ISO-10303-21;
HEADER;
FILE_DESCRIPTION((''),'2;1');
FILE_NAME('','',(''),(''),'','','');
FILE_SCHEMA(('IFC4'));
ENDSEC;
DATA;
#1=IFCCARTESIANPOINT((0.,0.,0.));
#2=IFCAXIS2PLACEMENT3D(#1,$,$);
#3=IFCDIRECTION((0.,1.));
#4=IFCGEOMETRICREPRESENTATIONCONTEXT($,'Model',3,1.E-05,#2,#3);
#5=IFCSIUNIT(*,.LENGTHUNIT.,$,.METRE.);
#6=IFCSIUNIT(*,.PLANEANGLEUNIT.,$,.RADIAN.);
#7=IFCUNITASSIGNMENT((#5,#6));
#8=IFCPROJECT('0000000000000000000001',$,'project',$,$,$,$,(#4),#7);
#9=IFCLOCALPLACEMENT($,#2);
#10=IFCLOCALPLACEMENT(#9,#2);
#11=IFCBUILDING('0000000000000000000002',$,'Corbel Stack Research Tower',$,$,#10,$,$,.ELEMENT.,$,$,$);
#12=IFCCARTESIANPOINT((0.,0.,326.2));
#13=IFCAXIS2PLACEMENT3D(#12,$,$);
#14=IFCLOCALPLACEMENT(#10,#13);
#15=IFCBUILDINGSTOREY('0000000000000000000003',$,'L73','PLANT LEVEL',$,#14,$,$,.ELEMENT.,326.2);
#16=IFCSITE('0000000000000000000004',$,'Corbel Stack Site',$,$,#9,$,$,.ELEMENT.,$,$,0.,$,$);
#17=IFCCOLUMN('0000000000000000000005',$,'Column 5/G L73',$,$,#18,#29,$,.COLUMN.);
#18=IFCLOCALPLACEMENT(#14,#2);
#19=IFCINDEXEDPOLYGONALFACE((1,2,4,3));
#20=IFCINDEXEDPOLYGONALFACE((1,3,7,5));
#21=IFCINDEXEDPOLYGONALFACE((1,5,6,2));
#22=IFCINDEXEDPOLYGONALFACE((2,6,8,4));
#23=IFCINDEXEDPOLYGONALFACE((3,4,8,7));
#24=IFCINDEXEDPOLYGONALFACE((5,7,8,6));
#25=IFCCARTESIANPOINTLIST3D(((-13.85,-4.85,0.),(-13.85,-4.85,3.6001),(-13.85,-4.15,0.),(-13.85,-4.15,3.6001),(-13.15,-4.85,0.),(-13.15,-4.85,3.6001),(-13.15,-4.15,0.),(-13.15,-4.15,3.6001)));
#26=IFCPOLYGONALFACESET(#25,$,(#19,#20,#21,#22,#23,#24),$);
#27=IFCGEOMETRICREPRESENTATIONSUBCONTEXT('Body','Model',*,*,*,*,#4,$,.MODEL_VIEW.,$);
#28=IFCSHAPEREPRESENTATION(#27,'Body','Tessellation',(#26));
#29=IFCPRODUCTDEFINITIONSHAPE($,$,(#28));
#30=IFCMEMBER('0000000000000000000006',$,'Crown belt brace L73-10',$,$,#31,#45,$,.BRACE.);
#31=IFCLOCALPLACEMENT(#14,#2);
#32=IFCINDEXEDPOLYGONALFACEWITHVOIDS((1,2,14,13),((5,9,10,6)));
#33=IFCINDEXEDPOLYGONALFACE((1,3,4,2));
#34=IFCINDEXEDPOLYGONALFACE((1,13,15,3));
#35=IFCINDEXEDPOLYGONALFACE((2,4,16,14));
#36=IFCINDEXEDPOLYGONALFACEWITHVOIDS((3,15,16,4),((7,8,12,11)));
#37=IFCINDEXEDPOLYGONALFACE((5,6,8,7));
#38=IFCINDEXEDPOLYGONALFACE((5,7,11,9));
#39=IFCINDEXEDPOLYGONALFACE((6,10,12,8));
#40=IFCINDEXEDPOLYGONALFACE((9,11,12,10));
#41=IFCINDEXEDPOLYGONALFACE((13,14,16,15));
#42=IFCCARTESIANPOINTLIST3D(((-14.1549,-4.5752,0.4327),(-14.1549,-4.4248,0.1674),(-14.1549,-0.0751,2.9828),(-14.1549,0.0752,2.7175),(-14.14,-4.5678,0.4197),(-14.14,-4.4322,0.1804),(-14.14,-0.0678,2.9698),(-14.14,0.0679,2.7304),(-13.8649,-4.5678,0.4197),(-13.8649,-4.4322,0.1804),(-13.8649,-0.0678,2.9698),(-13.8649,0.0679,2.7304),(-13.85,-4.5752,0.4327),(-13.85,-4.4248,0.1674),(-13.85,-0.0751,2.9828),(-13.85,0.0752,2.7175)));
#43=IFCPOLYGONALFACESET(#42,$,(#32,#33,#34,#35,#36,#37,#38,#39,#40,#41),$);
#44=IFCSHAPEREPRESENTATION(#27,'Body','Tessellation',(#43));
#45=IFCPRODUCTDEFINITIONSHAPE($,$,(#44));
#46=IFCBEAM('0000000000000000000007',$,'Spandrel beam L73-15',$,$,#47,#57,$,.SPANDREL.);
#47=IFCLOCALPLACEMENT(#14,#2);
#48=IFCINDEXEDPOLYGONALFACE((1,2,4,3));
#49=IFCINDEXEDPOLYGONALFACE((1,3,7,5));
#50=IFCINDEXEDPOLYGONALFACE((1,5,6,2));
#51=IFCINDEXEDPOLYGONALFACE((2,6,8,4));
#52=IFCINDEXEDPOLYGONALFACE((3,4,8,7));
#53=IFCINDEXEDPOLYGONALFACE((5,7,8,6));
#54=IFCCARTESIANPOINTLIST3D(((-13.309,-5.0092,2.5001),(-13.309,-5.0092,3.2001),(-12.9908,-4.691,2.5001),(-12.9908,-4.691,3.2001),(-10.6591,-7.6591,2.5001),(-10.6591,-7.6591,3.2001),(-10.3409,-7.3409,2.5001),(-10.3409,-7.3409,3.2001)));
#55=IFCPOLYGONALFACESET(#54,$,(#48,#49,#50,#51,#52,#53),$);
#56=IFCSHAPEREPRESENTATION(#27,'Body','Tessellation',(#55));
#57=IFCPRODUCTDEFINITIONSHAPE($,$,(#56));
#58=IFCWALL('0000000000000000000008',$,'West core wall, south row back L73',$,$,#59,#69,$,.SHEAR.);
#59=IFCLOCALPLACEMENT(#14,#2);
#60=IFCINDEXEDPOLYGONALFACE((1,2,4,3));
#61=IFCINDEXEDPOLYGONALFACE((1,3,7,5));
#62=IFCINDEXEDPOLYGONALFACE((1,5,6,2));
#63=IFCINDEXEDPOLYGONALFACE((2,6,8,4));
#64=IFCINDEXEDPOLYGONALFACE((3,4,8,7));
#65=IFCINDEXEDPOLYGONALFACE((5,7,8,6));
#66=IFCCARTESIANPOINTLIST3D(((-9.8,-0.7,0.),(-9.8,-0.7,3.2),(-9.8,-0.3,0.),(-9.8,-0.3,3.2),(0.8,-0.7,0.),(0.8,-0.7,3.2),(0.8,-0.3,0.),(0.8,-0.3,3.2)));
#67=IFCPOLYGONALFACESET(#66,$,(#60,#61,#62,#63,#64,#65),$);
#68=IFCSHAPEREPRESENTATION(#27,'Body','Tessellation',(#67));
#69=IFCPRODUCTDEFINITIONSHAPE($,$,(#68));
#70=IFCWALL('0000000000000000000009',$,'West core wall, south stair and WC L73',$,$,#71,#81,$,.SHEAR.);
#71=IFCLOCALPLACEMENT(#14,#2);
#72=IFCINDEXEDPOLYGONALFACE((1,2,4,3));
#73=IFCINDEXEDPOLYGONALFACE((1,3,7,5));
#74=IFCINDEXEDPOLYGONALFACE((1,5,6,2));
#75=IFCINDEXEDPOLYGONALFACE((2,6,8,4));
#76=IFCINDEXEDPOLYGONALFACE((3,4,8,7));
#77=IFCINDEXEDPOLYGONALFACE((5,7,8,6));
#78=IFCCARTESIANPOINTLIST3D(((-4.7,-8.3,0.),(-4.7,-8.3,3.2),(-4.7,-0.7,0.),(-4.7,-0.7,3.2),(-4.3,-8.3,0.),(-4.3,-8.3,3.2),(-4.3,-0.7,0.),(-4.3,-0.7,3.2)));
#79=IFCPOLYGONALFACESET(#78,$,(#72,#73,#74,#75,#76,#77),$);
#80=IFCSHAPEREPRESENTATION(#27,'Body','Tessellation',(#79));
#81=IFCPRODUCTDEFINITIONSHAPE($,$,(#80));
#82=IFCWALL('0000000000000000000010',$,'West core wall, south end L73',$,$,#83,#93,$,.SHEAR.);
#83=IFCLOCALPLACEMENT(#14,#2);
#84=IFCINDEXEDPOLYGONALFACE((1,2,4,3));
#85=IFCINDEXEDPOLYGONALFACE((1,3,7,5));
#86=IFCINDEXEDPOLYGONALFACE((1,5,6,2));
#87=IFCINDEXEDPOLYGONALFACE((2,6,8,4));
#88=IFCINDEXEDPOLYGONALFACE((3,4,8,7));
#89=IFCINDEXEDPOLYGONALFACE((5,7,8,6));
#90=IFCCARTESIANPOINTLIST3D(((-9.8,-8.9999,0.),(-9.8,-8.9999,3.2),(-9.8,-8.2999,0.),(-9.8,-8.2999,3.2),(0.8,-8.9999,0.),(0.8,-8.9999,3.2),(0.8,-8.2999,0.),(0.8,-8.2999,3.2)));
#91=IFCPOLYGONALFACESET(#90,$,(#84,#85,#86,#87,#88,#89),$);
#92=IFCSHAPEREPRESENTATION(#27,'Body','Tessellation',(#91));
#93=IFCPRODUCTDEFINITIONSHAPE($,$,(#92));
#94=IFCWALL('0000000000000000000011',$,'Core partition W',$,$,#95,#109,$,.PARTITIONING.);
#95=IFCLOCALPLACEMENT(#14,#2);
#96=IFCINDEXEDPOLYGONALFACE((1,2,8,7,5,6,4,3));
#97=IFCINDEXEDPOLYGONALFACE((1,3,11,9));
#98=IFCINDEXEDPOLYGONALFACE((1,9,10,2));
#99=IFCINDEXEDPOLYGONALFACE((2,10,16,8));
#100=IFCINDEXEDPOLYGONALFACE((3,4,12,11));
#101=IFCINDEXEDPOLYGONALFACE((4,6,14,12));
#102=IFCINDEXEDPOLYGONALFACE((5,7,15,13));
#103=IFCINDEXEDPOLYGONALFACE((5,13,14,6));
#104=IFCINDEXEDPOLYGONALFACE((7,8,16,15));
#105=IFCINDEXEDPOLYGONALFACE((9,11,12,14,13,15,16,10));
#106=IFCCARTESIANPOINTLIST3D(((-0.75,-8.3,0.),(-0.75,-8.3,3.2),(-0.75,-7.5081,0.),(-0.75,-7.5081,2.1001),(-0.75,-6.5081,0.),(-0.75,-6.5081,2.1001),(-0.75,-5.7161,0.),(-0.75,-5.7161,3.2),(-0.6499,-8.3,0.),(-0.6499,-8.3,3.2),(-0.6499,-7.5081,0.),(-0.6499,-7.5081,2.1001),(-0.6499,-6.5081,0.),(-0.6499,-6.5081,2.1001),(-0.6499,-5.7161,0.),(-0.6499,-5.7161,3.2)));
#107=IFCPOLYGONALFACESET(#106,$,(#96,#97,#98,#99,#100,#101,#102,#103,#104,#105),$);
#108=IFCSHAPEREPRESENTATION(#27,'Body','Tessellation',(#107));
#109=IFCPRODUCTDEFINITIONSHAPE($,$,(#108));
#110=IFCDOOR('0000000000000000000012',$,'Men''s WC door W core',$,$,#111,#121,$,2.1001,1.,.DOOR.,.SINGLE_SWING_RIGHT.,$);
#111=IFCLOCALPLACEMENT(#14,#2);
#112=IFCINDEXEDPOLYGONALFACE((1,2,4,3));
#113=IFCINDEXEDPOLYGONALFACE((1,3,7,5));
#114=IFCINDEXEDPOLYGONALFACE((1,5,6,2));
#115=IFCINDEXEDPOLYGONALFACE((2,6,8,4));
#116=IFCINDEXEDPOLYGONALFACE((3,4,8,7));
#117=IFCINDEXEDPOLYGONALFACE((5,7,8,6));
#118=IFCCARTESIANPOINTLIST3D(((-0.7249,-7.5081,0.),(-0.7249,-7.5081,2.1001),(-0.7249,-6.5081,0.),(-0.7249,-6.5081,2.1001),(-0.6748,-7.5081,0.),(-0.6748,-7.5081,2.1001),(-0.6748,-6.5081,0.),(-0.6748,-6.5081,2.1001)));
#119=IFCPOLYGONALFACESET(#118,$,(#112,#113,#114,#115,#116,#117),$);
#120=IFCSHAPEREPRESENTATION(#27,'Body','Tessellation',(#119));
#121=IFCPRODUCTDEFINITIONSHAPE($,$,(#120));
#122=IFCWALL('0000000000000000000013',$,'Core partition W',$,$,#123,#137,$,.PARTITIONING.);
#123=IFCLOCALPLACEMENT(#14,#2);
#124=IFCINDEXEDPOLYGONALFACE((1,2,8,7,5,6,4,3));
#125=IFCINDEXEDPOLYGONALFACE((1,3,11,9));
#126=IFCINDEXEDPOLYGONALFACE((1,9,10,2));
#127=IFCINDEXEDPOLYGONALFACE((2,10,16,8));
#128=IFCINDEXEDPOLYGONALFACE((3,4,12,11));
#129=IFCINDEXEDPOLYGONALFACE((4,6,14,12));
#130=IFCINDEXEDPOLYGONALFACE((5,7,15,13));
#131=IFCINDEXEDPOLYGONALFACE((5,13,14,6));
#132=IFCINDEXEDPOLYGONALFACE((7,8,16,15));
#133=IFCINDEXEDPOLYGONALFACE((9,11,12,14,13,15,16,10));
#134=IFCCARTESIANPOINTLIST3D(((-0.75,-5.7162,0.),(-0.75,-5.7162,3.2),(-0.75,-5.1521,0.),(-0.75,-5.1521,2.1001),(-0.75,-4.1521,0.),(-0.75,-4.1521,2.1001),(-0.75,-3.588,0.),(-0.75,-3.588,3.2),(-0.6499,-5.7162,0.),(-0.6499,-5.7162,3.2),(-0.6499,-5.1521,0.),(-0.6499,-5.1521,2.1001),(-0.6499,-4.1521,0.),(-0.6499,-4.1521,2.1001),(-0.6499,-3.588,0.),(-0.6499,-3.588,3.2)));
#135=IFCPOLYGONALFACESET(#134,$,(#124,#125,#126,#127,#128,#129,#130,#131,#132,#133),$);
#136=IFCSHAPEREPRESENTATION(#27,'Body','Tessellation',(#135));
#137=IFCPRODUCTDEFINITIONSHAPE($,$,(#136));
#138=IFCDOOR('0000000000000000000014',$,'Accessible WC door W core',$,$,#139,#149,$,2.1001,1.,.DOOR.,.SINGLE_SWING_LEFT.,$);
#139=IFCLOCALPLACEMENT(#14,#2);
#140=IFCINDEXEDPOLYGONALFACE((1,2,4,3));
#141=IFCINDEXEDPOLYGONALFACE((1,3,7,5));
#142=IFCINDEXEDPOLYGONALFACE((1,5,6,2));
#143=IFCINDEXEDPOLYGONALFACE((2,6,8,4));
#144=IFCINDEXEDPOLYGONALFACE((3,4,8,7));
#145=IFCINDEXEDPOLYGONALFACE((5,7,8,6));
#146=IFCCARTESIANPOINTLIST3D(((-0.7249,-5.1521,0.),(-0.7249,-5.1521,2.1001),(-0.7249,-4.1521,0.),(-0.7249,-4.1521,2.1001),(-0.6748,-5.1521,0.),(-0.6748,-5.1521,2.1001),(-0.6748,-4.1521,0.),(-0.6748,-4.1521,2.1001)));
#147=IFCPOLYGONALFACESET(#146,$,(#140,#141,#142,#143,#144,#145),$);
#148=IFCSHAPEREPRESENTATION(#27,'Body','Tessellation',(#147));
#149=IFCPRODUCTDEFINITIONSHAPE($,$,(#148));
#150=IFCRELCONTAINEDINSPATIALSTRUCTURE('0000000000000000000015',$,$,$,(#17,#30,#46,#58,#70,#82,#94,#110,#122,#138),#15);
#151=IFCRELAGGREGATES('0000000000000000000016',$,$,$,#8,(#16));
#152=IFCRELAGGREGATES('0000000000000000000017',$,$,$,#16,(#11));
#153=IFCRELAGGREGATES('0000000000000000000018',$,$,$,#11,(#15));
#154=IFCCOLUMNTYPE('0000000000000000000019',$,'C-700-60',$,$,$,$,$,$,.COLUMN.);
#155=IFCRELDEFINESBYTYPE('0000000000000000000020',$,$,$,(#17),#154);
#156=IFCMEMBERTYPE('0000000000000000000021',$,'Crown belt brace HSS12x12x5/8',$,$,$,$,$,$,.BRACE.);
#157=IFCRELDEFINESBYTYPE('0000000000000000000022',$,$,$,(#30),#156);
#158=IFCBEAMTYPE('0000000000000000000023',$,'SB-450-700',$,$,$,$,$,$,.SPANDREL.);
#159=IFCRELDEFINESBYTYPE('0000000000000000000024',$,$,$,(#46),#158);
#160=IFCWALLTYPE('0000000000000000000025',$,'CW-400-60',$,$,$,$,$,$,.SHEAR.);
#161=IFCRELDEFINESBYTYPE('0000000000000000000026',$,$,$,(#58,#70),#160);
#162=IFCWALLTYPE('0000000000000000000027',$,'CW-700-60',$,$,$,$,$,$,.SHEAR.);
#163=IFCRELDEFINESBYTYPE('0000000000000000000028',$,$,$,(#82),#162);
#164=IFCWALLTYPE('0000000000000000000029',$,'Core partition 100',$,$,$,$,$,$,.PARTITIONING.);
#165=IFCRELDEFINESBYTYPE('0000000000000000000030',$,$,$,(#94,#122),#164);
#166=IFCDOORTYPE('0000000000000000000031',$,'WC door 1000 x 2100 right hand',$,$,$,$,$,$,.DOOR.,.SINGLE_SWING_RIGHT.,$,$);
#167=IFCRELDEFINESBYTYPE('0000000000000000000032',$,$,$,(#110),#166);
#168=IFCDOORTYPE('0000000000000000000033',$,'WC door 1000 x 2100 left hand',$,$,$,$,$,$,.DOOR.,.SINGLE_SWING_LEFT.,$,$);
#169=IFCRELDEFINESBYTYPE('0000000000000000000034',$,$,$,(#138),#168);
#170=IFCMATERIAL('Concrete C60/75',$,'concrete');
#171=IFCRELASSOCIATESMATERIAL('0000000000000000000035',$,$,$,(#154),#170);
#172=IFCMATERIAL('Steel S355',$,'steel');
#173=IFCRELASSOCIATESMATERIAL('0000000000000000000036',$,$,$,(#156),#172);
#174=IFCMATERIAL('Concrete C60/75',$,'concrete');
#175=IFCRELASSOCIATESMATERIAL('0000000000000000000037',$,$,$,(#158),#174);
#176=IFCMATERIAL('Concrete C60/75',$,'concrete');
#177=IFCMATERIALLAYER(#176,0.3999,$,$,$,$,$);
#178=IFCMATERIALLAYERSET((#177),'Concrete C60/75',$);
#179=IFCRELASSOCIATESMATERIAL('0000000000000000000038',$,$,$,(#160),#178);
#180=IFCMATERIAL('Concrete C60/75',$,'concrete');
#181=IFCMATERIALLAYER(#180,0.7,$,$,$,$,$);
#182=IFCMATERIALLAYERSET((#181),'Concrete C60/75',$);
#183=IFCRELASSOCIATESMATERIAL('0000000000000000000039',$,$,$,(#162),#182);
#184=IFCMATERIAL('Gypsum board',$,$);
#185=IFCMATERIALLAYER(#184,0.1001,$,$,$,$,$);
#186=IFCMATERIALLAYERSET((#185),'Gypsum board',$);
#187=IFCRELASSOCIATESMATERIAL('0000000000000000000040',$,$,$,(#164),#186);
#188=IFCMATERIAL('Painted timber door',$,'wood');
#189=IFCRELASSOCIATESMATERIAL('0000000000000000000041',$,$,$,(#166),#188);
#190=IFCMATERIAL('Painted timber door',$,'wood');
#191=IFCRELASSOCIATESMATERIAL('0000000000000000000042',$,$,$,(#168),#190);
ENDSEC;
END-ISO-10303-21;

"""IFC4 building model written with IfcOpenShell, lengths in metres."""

from ifc_helpers import new_model, si_unit, direction, frame, frame_2d, origin, origin_2d, place, context, subcontext, project, spatial, rectangle, hollow_rectangle, extrude, material, layer, layer_set, material_profile, profile_set, type_object, element, fill, save


model = new_model("IFC4")

# Units and contexts
model_context = context("Model", 3, precision=1e-05, world=origin(), true_north=direction((0.0, 1.0)))
body_context = subcontext(model_context, "Body", "Model", "MODEL_VIEW")
ifc_project = project(units=[si_unit("LENGTHUNIT", "METRE"), si_unit("PLANEANGLEUNIT", "RADIAN")], contexts=[model_context])

# Site, building, storey
site_placement = place(None, origin())
site = spatial("IfcSite", under=ifc_project, at=site_placement, Name="Corbel Stack Site", CompositionType="ELEMENT", RefElevation=0.0)
building_placement = place(site_placement, origin())
building = spatial("IfcBuilding", under=site, at=building_placement, Name="Corbel Stack Research Tower", CompositionType="ELEMENT")
storey_placement = place(building_placement, frame((0.0, 0.0, 326.2)))
storey = spatial("IfcBuildingStorey", under=building, at=storey_placement, Name="L73", Description="PLANT LEVEL", CompositionType="ELEMENT", Elevation=326.2)

# Column
ifc_material_1 = material(Name="Concrete C60/75", Category="concrete")
ifc_material_profile_1 = material_profile(ifc_material_1, rectangle(XDim=0.7, YDim=0.7, at=origin_2d()), Name="RC 700 x 700")
ifc_profile_set_1 = profile_set([ifc_material_profile_1], Name="Concrete C60/75")
column_type = type_object("IfcColumnType", Name="C-700-60", PredefinedType="COLUMN", material=ifc_profile_set_1)
column_placement = place(storey_placement, frame((-13.5, -4.5, 0.0), z_axis=(0.0, 0.0, 1.0), x_axis=(1.0, 0.0, 0.0)))
element("IfcColumn", 1, at=column_placement, inside=storey, type_object=column_type, Name="Column 5/G L73", PredefinedType="COLUMN", context=body_context, shape_type="SweptSolid", body=[
    extrude(rectangle(XDim=0.7, YDim=0.7, at=origin_2d()), origin(), (0.0, 0.0, 1.0), 3.6001),
])

# Member
ifc_material_2 = material(Name="Steel S355", Category="steel")
ifc_material_profile_2 = material_profile(ifc_material_2, hollow_rectangle(XDim=0.3049, YDim=0.3049, WallThickness=0.0149, at=origin_2d()), Name="HSS12x12x5/8")
ifc_profile_set_2 = profile_set([ifc_material_profile_2], Name="Steel S355")
member_type = type_object("IfcMemberType", Name="Crown belt brace HSS12x12x5/8", PredefinedType="BRACE", material=ifc_profile_set_2)
member_placement = place(storey_placement, frame((-14.0024, -4.5, 0.3), z_axis=(0.0, 0.870018, 0.49302), x_axis=(-1.0, 0.0, 0.0)))
element("IfcMember", 2, at=member_placement, inside=storey, type_object=member_type, Name="Crown belt brace L73-10", PredefinedType="BRACE", context=body_context, shape_type="SweptSolid", body=[
    extrude(hollow_rectangle(XDim=0.3049, YDim=0.3049, WallThickness=0.0149, at=origin_2d()), origin(), (0.0, 0.0, 1.0), 5.1724),
])

# Beam
ifc_material_3 = material(Name="Concrete C60/75", Category="concrete")
ifc_material_profile_3 = material_profile(ifc_material_3, rectangle(XDim=0.45, YDim=0.7, at=origin_2d()), Name="RC 450 x 700")
ifc_profile_set_3 = profile_set([ifc_material_profile_3], Name="Concrete C60/75")
beam_type = type_object("IfcBeamType", Name="SB-450-700", PredefinedType="SPANDREL", material=ifc_profile_set_3)
beam_placement = place(storey_placement, frame((-13.1499, -4.8501, 2.8501), z_axis=(0.707107, -0.707107, 0.0), x_axis=(0.707107, 0.707107, 0.0)))
element("IfcBeam", 3, at=beam_placement, inside=storey, type_object=beam_type, Name="Spandrel beam L73-15", PredefinedType="SPANDREL", context=body_context, shape_type="SweptSolid", body=[
    extrude(rectangle(XDim=0.45, YDim=0.7, at=origin_2d()), origin(), (0.0, 0.0, 1.0), 3.7476),
])

# Walls
ifc_material_4 = material(Name="Concrete C60/75", Category="concrete")
ifc_layer_1 = layer(ifc_material_4, 0.3999)
ifc_layer_set_1 = layer_set([ifc_layer_1], Name="Concrete C60/75")
wall_type_1 = type_object("IfcWallType", Name="CW-400-60", PredefinedType="SHEAR", material=ifc_layer_set_1)
wall_1_placement = place(storey_placement, frame((-9.8, -0.5, 0.0), z_axis=(0.0, 0.0, 1.0), x_axis=(1.0, 0.0, 0.0)))
element("IfcWall", 4, at=wall_1_placement, inside=storey, type_object=wall_type_1, Name="West core wall, south row back L73", PredefinedType="SHEAR", context=body_context, shape_type="SweptSolid", body=[
    extrude(rectangle(XDim=10.6001, YDim=0.3999, at=frame_2d((5.3, 0.0))), origin(), (0.0, 0.0, 1.0), 3.2),
])
wall_2_placement = place(storey_placement, frame((-4.5, -8.3, 0.0), z_axis=(0.0, 0.0, 1.0), x_axis=(0.0, 1.0, 0.0)))
element("IfcWall", 5, at=wall_2_placement, inside=storey, type_object=wall_type_1, Name="West core wall, south stair and WC L73", PredefinedType="SHEAR", context=body_context, shape_type="SweptSolid", body=[
    extrude(rectangle(XDim=7.6001, YDim=0.3999, at=frame_2d((3.8, 0.0))), origin(), (0.0, 0.0, 1.0), 3.2),
])

# Shared definitions
ifc_material_5 = material(Name="Concrete C60/75", Category="concrete")
ifc_layer_2 = layer(ifc_material_5, 0.7)
ifc_layer_set_2 = layer_set([ifc_layer_2], Name="Concrete C60/75")
wall_type_2 = type_object("IfcWallType", Name="CW-700-60", PredefinedType="SHEAR", material=ifc_layer_set_2)

# Wall
wall_3_placement = place(storey_placement, frame((-9.8, -8.6499, 0.0), z_axis=(0.0, 0.0, 1.0), x_axis=(1.0, 0.0, 0.0)))
element("IfcWall", 6, at=wall_3_placement, inside=storey, type_object=wall_type_2, Name="West core wall, south end L73", PredefinedType="SHEAR", context=body_context, shape_type="SweptSolid", body=[
    extrude(rectangle(XDim=10.6001, YDim=0.7, at=frame_2d((5.3, 0.0))), origin(), (0.0, 0.0, 1.0), 3.2),
])

# Walls, openings, doors
ifc_material_6 = material(Name="Gypsum board")
ifc_layer_3 = layer(ifc_material_6, 0.1001)
ifc_layer_set_3 = layer_set([ifc_layer_3], Name="Gypsum board")
wall_type_3 = type_object("IfcWallType", Name="Core partition 100", PredefinedType="PARTITIONING", material=ifc_layer_set_3)
wall_4_placement = place(storey_placement, frame((-0.7, -8.3, 0.0), z_axis=(0.0, 0.0, 1.0), x_axis=(0.0, 1.0, 0.0)))
wall_4 = element("IfcWall", 7, at=wall_4_placement, inside=storey, type_object=wall_type_3, Name="Core partition W", PredefinedType="PARTITIONING", context=body_context, shape_type="SweptSolid", body=[
    extrude(rectangle(XDim=2.584, YDim=0.1001, at=frame_2d((1.292, 0.0))), origin(), (0.0, 0.0, 1.0), 3.2),
])
opening_1_placement = place(wall_4_placement, frame((0.792, 0.0, 0.0)))
opening_1 = element("IfcOpeningElement", 8, at=opening_1_placement, cuts=wall_4, PredefinedType="OPENING", context=body_context, shape_type="SweptSolid", body=[
    extrude(rectangle(XDim=1.0, YDim=2.1001, at=frame_2d((0.5, 1.05))), frame((0.0, 0.0601, 0.0), z_axis=(0.0, -1.0, 0.0), x_axis=(1.0, 0.0, 0.0)), (0.0, 0.0, 1.0), 0.1201),
])
ifc_material_7 = material(Name="Painted timber door", Category="wood")
door_type_1 = type_object("IfcDoorType", Name="WC door 1000 x 2100 right hand", OperationType="SINGLE_SWING_RIGHT", PredefinedType="DOOR", material=ifc_material_7)
door_1_placement = place(opening_1_placement, origin())
door_1 = element("IfcDoor", 9, at=door_1_placement, inside=storey, type_object=door_type_1, Name="Men's WC door W core", OperationType="SINGLE_SWING_RIGHT", OverallHeight=2.1001, OverallWidth=1.0, PredefinedType="DOOR", context=body_context, shape_type="SweptSolid", body=[
    extrude(rectangle(XDim=1.0, YDim=2.1001, at=frame_2d((0.5, 1.05))), frame((0.0, 0.0249, 0.0), z_axis=(0.0, -1.0, 0.0), x_axis=(1.0, 0.0, 0.0)), (0.0, 0.0, 1.0), 0.05),
])
fill(opening_1, door_1)
wall_5_placement = place(storey_placement, frame((-0.7, -5.7161, 0.0), z_axis=(0.0, 0.0, 1.0), x_axis=(0.0, 1.0, 0.0)))
wall_5 = element("IfcWall", 10, at=wall_5_placement, inside=storey, type_object=wall_type_3, Name="Core partition W", PredefinedType="PARTITIONING", context=body_context, shape_type="SweptSolid", body=[
    extrude(rectangle(XDim=2.1282, YDim=0.1001, at=frame_2d((1.064, 0.0))), origin(), (0.0, 0.0, 1.0), 3.2),
])
opening_2_placement = place(wall_5_placement, frame((0.564, 0.0, 0.0)))
opening_2 = element("IfcOpeningElement", 11, at=opening_2_placement, cuts=wall_5, PredefinedType="OPENING", context=body_context, shape_type="SweptSolid", body=[
    extrude(rectangle(XDim=1.0, YDim=2.1001, at=frame_2d((0.5, 1.05))), frame((0.0, 0.0601, 0.0), z_axis=(0.0, -1.0, 0.0), x_axis=(1.0, 0.0, 0.0)), (0.0, 0.0, 1.0), 0.1201),
])
ifc_material_8 = material(Name="Painted timber door", Category="wood")
door_type_2 = type_object("IfcDoorType", Name="WC door 1000 x 2100 left hand", OperationType="SINGLE_SWING_LEFT", PredefinedType="DOOR", material=ifc_material_8)
door_2_placement = place(opening_2_placement, origin())
door_2 = element("IfcDoor", 12, at=door_2_placement, inside=storey, type_object=door_type_2, Name="Accessible WC door W core", OperationType="SINGLE_SWING_LEFT", OverallHeight=2.1001, OverallWidth=1.0, PredefinedType="DOOR", context=body_context, shape_type="SweptSolid", body=[
    extrude(rectangle(XDim=1.0, YDim=2.1001, at=frame_2d((0.5, 1.05))), frame((0.0, 0.0249, 0.0), z_axis=(0.0, -1.0, 0.0), x_axis=(1.0, 0.0, 0.0)), (0.0, 0.0, 1.0), 0.05),
])
fill(opening_2, door_2)

save(model, "model.ifc")
